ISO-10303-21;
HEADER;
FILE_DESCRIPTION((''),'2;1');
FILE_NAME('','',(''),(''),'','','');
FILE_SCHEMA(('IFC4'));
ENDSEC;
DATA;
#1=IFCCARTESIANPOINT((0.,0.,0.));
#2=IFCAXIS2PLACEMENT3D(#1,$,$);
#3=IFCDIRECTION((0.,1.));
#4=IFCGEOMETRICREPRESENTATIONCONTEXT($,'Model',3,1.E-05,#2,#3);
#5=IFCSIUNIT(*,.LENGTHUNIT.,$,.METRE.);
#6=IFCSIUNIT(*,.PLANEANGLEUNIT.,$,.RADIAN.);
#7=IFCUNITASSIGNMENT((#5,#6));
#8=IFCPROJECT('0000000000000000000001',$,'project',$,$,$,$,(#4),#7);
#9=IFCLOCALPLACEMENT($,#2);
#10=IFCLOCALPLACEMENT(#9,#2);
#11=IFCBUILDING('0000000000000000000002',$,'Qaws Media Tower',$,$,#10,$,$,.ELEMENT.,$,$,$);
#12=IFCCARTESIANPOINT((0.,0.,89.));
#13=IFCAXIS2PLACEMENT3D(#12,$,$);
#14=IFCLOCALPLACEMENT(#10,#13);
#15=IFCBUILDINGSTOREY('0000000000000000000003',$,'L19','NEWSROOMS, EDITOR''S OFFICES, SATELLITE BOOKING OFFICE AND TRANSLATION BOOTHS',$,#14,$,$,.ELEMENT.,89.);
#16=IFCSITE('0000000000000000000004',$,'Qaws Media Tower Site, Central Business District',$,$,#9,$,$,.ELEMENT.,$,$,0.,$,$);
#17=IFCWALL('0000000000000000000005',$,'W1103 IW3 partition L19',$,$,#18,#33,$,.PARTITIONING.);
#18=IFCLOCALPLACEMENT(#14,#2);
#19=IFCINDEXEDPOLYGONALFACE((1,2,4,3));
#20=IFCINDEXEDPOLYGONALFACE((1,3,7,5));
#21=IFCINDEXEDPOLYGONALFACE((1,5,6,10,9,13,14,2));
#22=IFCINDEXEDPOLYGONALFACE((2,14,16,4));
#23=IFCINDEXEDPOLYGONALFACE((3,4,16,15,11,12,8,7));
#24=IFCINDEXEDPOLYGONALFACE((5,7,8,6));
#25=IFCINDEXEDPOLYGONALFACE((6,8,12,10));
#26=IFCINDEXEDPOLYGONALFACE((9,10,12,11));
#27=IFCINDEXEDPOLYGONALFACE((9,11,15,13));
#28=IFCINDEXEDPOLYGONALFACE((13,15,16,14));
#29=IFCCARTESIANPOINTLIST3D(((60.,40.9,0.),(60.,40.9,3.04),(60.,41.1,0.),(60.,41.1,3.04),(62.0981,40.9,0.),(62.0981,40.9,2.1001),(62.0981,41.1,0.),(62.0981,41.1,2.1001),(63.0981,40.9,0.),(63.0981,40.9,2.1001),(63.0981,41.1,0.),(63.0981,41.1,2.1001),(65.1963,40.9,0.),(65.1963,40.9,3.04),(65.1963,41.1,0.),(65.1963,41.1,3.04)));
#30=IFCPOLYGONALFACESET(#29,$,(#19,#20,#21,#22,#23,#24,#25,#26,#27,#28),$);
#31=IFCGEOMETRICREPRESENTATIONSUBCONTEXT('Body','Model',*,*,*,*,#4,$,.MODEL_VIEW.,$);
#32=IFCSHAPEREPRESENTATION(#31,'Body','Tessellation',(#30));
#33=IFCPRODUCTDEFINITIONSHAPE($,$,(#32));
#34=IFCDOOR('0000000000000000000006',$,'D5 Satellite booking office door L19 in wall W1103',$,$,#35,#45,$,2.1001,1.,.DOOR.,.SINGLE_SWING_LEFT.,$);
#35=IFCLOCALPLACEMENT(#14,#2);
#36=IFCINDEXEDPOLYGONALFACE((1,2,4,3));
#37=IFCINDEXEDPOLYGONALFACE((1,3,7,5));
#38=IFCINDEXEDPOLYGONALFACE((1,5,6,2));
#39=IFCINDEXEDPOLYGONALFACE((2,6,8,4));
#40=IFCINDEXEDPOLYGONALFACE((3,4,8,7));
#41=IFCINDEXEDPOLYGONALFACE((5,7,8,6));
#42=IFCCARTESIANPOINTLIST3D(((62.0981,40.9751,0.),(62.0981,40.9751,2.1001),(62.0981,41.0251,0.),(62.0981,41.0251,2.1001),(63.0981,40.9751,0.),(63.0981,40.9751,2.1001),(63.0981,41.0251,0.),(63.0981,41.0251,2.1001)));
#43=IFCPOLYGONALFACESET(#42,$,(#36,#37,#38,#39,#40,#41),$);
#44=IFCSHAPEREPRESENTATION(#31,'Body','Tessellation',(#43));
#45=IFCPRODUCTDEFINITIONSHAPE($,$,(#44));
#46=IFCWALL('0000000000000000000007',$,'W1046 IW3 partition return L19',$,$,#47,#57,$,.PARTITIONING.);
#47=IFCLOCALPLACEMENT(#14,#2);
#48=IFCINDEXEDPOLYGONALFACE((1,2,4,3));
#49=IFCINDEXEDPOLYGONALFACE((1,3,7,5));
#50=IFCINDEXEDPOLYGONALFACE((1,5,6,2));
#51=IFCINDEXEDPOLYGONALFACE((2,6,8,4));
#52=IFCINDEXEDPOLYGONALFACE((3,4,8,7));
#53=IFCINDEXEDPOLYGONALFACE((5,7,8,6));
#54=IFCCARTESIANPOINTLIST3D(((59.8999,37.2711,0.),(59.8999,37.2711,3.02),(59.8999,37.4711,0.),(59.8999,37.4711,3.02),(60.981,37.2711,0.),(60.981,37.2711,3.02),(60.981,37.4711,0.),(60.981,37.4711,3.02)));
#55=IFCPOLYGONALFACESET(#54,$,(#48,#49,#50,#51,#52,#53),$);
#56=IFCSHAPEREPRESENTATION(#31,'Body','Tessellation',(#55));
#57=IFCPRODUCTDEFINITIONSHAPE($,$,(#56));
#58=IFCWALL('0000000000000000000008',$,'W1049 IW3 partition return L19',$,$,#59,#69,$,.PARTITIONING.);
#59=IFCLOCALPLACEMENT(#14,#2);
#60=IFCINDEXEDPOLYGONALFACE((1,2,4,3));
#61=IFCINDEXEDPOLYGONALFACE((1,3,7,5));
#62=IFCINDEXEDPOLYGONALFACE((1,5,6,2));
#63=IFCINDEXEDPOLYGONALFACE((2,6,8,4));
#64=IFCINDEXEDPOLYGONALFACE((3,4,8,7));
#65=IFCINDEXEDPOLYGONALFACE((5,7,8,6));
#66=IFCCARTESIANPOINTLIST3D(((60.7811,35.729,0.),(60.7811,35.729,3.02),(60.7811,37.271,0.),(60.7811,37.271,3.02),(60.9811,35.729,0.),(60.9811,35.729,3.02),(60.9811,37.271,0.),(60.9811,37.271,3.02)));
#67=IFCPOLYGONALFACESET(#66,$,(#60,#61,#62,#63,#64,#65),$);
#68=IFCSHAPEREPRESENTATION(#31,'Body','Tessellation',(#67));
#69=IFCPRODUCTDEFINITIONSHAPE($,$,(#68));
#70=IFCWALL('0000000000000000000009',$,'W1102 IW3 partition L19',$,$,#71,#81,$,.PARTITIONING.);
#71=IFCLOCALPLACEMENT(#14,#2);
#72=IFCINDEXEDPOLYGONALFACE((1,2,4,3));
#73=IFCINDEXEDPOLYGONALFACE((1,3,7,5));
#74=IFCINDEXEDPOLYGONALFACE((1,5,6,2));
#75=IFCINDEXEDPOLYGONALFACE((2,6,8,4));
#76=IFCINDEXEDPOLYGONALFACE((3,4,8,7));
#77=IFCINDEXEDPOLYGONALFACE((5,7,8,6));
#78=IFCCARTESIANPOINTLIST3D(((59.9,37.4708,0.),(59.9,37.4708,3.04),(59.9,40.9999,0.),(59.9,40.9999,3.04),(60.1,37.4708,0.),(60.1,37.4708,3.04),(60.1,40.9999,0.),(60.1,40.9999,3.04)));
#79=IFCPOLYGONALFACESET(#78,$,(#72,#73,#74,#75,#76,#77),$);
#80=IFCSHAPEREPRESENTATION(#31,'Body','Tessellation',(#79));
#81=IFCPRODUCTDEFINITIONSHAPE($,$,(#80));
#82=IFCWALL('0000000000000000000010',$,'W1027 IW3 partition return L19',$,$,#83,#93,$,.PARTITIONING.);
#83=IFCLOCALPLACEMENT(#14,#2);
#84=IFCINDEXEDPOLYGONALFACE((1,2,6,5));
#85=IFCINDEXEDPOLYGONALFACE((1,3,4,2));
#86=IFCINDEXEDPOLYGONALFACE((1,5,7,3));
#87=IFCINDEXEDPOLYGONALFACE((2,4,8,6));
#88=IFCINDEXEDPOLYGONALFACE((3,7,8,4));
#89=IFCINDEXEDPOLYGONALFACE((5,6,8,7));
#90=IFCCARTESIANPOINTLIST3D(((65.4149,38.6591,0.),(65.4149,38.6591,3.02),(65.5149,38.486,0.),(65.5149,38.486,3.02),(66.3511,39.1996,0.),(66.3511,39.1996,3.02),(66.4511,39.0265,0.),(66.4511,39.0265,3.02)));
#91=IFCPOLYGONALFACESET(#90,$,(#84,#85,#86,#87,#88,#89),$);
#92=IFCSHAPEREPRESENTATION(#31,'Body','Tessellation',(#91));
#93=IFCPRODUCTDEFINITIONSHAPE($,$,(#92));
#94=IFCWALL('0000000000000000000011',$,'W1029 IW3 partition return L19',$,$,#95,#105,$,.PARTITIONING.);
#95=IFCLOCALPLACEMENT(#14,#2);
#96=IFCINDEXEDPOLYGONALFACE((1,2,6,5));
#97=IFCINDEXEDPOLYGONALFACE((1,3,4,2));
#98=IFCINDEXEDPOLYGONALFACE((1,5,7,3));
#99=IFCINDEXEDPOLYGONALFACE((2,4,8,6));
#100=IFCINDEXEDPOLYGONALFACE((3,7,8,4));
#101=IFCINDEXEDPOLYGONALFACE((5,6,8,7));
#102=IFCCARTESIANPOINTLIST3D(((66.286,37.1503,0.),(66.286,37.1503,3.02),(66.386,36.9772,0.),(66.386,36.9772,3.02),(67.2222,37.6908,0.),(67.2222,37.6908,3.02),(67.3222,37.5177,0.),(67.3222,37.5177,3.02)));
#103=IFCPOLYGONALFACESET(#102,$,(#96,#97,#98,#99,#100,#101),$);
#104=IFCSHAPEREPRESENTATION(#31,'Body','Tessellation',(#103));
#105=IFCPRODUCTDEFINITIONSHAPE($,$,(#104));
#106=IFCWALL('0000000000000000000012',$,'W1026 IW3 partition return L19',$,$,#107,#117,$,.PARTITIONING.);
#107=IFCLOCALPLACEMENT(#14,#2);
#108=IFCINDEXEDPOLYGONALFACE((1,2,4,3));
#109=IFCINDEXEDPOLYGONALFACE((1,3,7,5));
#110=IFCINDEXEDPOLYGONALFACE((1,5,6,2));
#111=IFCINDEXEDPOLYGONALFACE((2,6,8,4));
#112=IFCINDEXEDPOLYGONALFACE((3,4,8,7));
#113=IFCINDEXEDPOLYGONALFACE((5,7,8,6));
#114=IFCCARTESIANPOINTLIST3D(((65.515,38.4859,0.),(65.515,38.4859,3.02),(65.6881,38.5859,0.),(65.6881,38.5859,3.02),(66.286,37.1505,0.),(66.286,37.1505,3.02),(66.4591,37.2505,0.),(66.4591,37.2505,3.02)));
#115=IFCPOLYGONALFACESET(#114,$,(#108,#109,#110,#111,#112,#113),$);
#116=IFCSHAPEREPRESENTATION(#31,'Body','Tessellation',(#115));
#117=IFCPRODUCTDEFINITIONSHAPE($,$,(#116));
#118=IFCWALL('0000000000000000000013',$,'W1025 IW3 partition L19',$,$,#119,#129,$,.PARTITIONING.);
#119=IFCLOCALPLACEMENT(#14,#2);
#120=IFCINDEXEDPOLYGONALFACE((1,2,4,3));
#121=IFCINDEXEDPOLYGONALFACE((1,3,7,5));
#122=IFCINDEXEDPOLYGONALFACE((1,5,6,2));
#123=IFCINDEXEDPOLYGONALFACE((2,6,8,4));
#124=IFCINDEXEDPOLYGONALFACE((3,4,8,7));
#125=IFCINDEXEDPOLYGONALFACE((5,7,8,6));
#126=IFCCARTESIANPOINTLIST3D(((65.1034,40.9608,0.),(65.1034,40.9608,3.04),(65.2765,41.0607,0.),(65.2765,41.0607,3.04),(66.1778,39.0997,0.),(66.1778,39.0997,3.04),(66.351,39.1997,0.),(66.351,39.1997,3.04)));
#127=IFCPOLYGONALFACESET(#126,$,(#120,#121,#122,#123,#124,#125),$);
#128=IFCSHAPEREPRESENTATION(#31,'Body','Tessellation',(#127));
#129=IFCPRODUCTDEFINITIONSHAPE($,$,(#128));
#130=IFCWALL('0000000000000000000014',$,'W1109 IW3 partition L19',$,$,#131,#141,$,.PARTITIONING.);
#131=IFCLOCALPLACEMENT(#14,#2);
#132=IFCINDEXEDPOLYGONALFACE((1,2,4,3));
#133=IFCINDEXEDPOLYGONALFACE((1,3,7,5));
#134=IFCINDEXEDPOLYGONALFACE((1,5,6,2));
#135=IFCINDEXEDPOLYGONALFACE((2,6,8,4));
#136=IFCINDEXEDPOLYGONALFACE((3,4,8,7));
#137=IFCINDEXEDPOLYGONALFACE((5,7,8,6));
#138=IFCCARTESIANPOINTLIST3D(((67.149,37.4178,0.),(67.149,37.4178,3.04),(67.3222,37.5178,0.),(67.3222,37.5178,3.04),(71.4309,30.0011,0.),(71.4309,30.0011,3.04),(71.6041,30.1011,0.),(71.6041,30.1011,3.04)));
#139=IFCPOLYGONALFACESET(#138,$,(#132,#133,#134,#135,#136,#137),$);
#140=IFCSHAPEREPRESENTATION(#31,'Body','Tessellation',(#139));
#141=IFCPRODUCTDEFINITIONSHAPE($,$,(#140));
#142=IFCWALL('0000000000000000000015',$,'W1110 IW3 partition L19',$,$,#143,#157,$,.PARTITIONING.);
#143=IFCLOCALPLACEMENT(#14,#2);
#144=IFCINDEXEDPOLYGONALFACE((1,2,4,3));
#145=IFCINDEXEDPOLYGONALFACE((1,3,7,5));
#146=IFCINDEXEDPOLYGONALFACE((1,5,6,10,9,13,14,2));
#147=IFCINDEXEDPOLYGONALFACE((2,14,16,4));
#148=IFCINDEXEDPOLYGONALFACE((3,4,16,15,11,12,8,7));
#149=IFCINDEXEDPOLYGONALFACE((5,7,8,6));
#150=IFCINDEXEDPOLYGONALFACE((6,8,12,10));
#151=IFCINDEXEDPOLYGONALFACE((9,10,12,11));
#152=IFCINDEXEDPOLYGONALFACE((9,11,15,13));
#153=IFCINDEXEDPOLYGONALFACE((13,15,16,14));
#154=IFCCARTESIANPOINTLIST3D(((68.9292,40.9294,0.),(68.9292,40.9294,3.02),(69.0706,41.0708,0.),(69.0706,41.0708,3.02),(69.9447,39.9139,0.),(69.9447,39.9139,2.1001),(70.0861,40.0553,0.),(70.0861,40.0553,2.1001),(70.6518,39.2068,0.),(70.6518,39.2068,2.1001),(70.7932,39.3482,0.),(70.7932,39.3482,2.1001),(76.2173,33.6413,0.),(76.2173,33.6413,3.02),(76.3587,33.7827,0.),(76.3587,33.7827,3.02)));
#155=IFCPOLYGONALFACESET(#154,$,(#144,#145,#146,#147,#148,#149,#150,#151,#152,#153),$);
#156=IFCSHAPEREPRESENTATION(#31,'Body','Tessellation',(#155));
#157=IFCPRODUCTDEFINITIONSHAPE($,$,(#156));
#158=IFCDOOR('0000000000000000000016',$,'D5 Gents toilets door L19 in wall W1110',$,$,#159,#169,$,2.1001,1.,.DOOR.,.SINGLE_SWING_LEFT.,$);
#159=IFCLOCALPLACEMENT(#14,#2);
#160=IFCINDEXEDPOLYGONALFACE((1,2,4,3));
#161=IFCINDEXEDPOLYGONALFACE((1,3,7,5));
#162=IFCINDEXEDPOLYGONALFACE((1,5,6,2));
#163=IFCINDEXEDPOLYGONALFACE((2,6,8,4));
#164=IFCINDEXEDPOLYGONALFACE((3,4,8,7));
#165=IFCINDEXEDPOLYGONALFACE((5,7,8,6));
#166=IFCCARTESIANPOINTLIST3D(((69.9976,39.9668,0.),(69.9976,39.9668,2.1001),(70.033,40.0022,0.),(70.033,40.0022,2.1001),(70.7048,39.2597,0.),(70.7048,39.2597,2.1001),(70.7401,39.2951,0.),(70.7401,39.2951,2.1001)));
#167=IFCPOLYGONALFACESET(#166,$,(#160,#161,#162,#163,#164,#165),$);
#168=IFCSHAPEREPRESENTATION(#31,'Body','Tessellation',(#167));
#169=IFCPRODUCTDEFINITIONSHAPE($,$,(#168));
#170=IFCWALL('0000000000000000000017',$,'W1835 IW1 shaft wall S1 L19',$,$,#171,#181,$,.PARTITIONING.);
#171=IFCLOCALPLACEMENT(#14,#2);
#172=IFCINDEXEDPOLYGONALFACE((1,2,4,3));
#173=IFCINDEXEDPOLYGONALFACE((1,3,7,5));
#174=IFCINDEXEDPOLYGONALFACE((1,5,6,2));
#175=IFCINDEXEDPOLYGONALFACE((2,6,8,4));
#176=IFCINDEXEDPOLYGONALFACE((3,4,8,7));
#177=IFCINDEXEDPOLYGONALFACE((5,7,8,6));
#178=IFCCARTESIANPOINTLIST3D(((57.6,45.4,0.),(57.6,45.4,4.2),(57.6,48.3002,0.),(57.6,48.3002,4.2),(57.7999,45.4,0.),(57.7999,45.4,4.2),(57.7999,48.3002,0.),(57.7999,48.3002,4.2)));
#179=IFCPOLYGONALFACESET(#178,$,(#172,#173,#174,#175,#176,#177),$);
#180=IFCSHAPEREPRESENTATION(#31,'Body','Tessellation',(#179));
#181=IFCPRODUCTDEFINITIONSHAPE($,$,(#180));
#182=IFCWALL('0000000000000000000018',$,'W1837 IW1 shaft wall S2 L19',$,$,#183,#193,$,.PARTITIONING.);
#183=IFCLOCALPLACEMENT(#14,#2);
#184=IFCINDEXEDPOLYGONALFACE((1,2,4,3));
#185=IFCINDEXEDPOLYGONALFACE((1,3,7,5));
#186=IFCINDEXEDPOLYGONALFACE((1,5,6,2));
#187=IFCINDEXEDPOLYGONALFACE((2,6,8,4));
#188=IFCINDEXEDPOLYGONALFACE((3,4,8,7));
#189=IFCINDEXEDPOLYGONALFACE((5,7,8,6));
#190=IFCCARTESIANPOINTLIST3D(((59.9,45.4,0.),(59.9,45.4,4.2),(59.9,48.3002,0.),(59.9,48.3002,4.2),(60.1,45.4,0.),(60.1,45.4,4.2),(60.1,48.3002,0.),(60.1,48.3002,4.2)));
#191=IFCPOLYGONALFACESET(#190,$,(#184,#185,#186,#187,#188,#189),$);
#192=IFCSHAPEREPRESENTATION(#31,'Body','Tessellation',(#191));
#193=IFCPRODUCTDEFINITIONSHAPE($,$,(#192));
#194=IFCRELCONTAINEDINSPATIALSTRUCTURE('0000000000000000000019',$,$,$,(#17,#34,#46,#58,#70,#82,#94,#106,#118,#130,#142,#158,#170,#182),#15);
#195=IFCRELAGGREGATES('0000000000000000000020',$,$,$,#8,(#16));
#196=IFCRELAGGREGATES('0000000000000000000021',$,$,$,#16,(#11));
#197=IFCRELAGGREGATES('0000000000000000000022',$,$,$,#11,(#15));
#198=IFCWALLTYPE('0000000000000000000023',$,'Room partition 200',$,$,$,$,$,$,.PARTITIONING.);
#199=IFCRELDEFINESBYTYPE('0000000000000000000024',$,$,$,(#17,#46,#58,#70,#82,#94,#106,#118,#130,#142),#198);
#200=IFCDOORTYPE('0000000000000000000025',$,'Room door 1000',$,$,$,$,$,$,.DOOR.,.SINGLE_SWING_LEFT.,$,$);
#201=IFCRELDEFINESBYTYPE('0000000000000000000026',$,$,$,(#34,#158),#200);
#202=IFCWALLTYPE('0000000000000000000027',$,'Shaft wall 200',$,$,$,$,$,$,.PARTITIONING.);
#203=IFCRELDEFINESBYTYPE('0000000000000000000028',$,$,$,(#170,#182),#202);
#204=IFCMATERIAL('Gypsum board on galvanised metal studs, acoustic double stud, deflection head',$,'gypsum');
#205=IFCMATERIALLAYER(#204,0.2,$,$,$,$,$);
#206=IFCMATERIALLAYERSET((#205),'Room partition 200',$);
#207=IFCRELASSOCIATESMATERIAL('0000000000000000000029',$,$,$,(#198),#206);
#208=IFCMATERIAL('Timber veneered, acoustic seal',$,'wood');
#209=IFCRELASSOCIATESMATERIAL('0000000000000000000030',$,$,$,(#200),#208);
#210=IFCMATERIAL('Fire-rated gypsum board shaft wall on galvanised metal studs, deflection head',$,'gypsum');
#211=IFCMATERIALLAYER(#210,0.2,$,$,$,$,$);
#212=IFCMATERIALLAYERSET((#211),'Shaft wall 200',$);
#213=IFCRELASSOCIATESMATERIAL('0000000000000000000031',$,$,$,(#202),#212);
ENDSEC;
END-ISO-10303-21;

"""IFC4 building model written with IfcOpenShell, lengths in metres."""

from ifc_helpers import new_model, si_unit, direction, frame, frame_2d, origin, place, context, subcontext, project, spatial, rectangle, extrude, material, layer, layer_set, type_object, element, fill, save


model = new_model("IFC4")

# Units and contexts
model_context = context("Model", 3, precision=1e-05, world=origin(), true_north=direction((0.0, 1.0)))
body_context = subcontext(model_context, "Body", "Model", "MODEL_VIEW")
ifc_project = project(units=[si_unit("LENGTHUNIT", "METRE"), si_unit("PLANEANGLEUNIT", "RADIAN")], contexts=[model_context])

# Site, building, storey
site_placement = place(None, origin())
site = spatial("IfcSite", under=ifc_project, at=site_placement, Name="Qaws Media Tower Site, Central Business District", CompositionType="ELEMENT", RefElevation=0.0)
building_placement = place(site_placement, origin())
building = spatial("IfcBuilding", under=site, at=building_placement, Name="Qaws Media Tower", CompositionType="ELEMENT")
storey_placement = place(building_placement, frame((0.0, 0.0, 89.0)))
storey = spatial("IfcBuildingStorey", under=building, at=storey_placement, Name="L19", Description="NEWSROOMS, EDITOR'S OFFICES, SATELLITE BOOKING OFFICE AND TRANSLATION BOOTHS", CompositionType="ELEMENT", Elevation=89.0)

# Shared definitions
ifc_material_1 = material(Name="Gypsum board on galvanised metal studs, acoustic double stud, deflection head", Category="gypsum")
ifc_layer_1 = layer(ifc_material_1, 0.2)
ifc_layer_set_1 = layer_set([ifc_layer_1], Name="Room partition 200")
wall_type_1 = type_object("IfcWallType", Name="Room partition 200", PredefinedType="PARTITIONING", material=ifc_layer_set_1)

# Wall, opening, door
wall_1_placement = place(storey_placement, frame((65.1963, 41.0, 0.0), z_axis=(0.0, 0.0, 1.0), x_axis=(-1.0, 0.0, 0.0)))
wall_1 = element("IfcWall", 1, at=wall_1_placement, inside=storey, type_object=wall_type_1, Name="W1103 IW3 partition L19", PredefinedType="PARTITIONING", context=body_context, shape_type="SweptSolid", body=[
    extrude(rectangle(XDim=5.1963, YDim=0.2, at=frame_2d((2.5981, 0.0))), origin(), (0.0, 0.0, 1.0), 3.04),
])
opening_1_placement = place(wall_1_placement, frame((2.0981, 0.0, 0.0)))
opening_1 = element("IfcOpeningElement", 2, at=opening_1_placement, cuts=wall_1, PredefinedType="OPENING", context=body_context, shape_type="SweptSolid", body=[
    extrude(rectangle(XDim=1.0, YDim=2.1001, at=frame_2d((0.5, 1.05))), frame((0.0, 0.1099, 0.0), z_axis=(0.0, -1.0, 0.0), x_axis=(1.0, 0.0, 0.0)), (0.0, 0.0, 1.0), 0.22),
])
ifc_material_2 = material(Name="Timber veneered, acoustic seal", Category="wood")
door_type_1 = type_object("IfcDoorType", Name="Room door 1000", OperationType="SINGLE_SWING_LEFT", PredefinedType="DOOR", material=ifc_material_2)
door_1_placement = place(opening_1_placement, origin())
door_1 = element("IfcDoor", 3, at=door_1_placement, inside=storey, type_object=door_type_1, Name="D5 Satellite booking office door L19 in wall W1103", OperationType="SINGLE_SWING_LEFT", OverallHeight=2.1001, OverallWidth=1.0, PredefinedType="DOOR", context=body_context, shape_type="SweptSolid", body=[
    extrude(rectangle(XDim=1.0, YDim=2.1001, at=frame_2d((0.5, 1.05))), frame((0.0, 0.0249, 0.0), z_axis=(0.0, -1.0, 0.0), x_axis=(1.0, 0.0, 0.0)), (0.0, 0.0, 1.0), 0.05),
])
fill(opening_1, door_1)

# Walls
wall_2_placement = place(storey_placement, frame((59.8999, 37.3711, 0.0), z_axis=(0.0, 0.0, 1.0), x_axis=(1.0, 0.0, 0.0)))
element("IfcWall", 4, at=wall_2_placement, inside=storey, type_object=wall_type_1, Name="W1046 IW3 partition return L19", PredefinedType="PARTITIONING", context=body_context, shape_type="SweptSolid", body=[
    extrude(rectangle(XDim=1.0811, YDim=0.2, at=frame_2d((0.5405, 0.0))), origin(), (0.0, 0.0, 1.0), 3.02),
])
wall_3_placement = place(storey_placement, frame((60.8811, 37.271, 0.0), z_axis=(0.0, 0.0, 1.0), x_axis=(0.0, -1.0, 0.0)))
element("IfcWall", 5, at=wall_3_placement, inside=storey, type_object=wall_type_1, Name="W1049 IW3 partition return L19", PredefinedType="PARTITIONING", context=body_context, shape_type="SweptSolid", body=[
    extrude(rectangle(XDim=1.542, YDim=0.2, at=frame_2d((0.771, 0.0))), origin(), (0.0, 0.0, 1.0), 3.02),
])
wall_4_placement = place(storey_placement, frame((60.0, 41.0, 0.0), z_axis=(0.0, 0.0, 1.0), x_axis=(0.0, -1.0, 0.0)))
element("IfcWall", 6, at=wall_4_placement, inside=storey, type_object=wall_type_1, Name="W1102 IW3 partition L19", PredefinedType="PARTITIONING", context=body_context, shape_type="SweptSolid", body=[
    extrude(rectangle(XDim=3.5291, YDim=0.2, at=frame_2d((1.7646, 0.0))), origin(), (0.0, 0.0, 1.0), 3.04),
])
for number, where, z_axis, x_axis, name in (
    (7, (66.4011, 39.113, 0.0), (0.0, 0.0, 1.0), (-0.866039, -0.499977, 0.0), "W1027 IW3 partition return L19"),
    (8, (67.2722, 37.6042, 0.0), (0.0, 0.0, 1.0), (-0.866039, -0.499977, 0.0), "W1029 IW3 partition return L19"),
):
    element("IfcWall", number, at=place(storey_placement, frame(where, z_axis=z_axis, x_axis=x_axis)), inside=storey, type_object=wall_type_1, Name=name, PredefinedType="PARTITIONING", context=body_context, shape_type="SweptSolid", body=[
        extrude(rectangle(XDim=1.0811, YDim=0.2, at=frame_2d((0.5405, 0.0))), origin(), (0.0, 0.0, 1.0), 3.02),
    ])
wall_5_placement = place(storey_placement, frame((65.6016, 38.5359, 0.0), z_axis=(0.0, 0.0, 1.0), x_axis=(0.499987, -0.866033, 0.0)))
element("IfcWall", 9, at=wall_5_placement, inside=storey, type_object=wall_type_1, Name="W1026 IW3 partition return L19", PredefinedType="PARTITIONING", context=body_context, shape_type="SweptSolid", body=[
    extrude(rectangle(XDim=1.542, YDim=0.2, at=frame_2d((0.771, 0.0))), origin(), (0.0, 0.0, 1.0), 3.02),
])
wall_6_placement = place(storey_placement, frame((65.1899, 41.0107, 0.0), z_axis=(0.0, 0.0, 1.0), x_axis=(0.499988, -0.866032, 0.0)))
element("IfcWall", 10, at=wall_6_placement, inside=storey, type_object=wall_type_1, Name="W1025 IW3 partition L19", PredefinedType="PARTITIONING", context=body_context, shape_type="SweptSolid", body=[
    extrude(rectangle(XDim=2.1489, YDim=0.2, at=frame_2d((1.0745, 0.0))), origin(), (0.0, 0.0, 1.0), 3.04),
])
wall_7_placement = place(storey_placement, frame((67.2356, 37.4678, 0.0), z_axis=(0.0, 0.0, 1.0), x_axis=(0.499993, -0.866029, 0.0)))
element("IfcWall", 11, at=wall_7_placement, inside=storey, type_object=wall_type_1, Name="W1109 IW3 partition L19", PredefinedType="PARTITIONING", context=body_context, shape_type="SweptSolid", body=[
    extrude(rectangle(XDim=8.564, YDim=0.2, at=frame_2d((4.282, 0.0))), origin(), (0.0, 0.0, 1.0), 3.04),
])

# Wall, opening, door
wall_8_placement = place(storey_placement, frame((69.0, 41.0, 0.0), z_axis=(0.0, 0.0, 1.0), x_axis=(0.707107, -0.707107, 0.0)))
wall_8 = element("IfcWall", 12, at=wall_8_placement, inside=storey, type_object=wall_type_1, Name="W1110 IW3 partition L19", PredefinedType="PARTITIONING", context=body_context, shape_type="SweptSolid", body=[
    extrude(rectangle(XDim=10.3069, YDim=0.2, at=frame_2d((5.1533, 0.0))), origin(), (0.0, 0.0, 1.0), 3.02),
])
opening_2_placement = place(wall_8_placement, frame((1.436, 0.0, 0.0)))
opening_2 = element("IfcOpeningElement", 13, at=opening_2_placement, cuts=wall_8, PredefinedType="OPENING", context=body_context, shape_type="SweptSolid", body=[
    extrude(rectangle(XDim=1.0, YDim=2.1001, at=frame_2d((0.5, 1.05))), frame((0.0, 0.1099, 0.0), z_axis=(0.0, -1.0, 0.0), x_axis=(1.0, 0.0, 0.0)), (0.0, 0.0, 1.0), 0.22),
])
door_2_placement = place(opening_2_placement, origin())
door_2 = element("IfcDoor", 14, at=door_2_placement, inside=storey, type_object=door_type_1, Name="D5 Gents toilets door L19 in wall W1110", OperationType="SINGLE_SWING_LEFT", OverallHeight=2.1001, OverallWidth=1.0, PredefinedType="DOOR", context=body_context, shape_type="SweptSolid", body=[
    extrude(rectangle(XDim=1.0, YDim=2.1001, at=frame_2d((0.5, 1.05))), frame((0.0, 0.0249, 0.0), z_axis=(0.0, -1.0, 0.0), x_axis=(1.0, 0.0, 0.0)), (0.0, 0.0, 1.0), 0.05),
])
fill(opening_2, door_2)

# Walls
ifc_material_3 = material(Name="Fire-rated gypsum board shaft wall on galvanised metal studs, deflection head", Category="gypsum")
ifc_layer_2 = layer(ifc_material_3, 0.2)
ifc_layer_set_2 = layer_set([ifc_layer_2], Name="Shaft wall 200")
wall_type_2 = type_object("IfcWallType", Name="Shaft wall 200", PredefinedType="PARTITIONING", material=ifc_layer_set_2)
for number, where, z_axis, x_axis, name in (
    (15, (57.7, 45.3999, 0.0), (0.0, 0.0, 1.0), (0.0, 1.0, 0.0), "W1835 IW1 shaft wall S1 L19"),
    (16, (60.0, 45.3999, 0.0), (0.0, 0.0, 1.0), (0.0, 1.0, 0.0), "W1837 IW1 shaft wall S2 L19"),
):
    element("IfcWall", number, at=place(storey_placement, frame(where, z_axis=z_axis, x_axis=x_axis)), inside=storey, type_object=wall_type_2, Name=name, PredefinedType="PARTITIONING", context=body_context, shape_type="SweptSolid", body=[
        extrude(rectangle(XDim=2.9001, YDim=0.2, at=frame_2d((1.4502, 0.0))), origin(), (0.0, 0.0, 1.0), 4.2),
    ])

save(model, "model.ifc")
